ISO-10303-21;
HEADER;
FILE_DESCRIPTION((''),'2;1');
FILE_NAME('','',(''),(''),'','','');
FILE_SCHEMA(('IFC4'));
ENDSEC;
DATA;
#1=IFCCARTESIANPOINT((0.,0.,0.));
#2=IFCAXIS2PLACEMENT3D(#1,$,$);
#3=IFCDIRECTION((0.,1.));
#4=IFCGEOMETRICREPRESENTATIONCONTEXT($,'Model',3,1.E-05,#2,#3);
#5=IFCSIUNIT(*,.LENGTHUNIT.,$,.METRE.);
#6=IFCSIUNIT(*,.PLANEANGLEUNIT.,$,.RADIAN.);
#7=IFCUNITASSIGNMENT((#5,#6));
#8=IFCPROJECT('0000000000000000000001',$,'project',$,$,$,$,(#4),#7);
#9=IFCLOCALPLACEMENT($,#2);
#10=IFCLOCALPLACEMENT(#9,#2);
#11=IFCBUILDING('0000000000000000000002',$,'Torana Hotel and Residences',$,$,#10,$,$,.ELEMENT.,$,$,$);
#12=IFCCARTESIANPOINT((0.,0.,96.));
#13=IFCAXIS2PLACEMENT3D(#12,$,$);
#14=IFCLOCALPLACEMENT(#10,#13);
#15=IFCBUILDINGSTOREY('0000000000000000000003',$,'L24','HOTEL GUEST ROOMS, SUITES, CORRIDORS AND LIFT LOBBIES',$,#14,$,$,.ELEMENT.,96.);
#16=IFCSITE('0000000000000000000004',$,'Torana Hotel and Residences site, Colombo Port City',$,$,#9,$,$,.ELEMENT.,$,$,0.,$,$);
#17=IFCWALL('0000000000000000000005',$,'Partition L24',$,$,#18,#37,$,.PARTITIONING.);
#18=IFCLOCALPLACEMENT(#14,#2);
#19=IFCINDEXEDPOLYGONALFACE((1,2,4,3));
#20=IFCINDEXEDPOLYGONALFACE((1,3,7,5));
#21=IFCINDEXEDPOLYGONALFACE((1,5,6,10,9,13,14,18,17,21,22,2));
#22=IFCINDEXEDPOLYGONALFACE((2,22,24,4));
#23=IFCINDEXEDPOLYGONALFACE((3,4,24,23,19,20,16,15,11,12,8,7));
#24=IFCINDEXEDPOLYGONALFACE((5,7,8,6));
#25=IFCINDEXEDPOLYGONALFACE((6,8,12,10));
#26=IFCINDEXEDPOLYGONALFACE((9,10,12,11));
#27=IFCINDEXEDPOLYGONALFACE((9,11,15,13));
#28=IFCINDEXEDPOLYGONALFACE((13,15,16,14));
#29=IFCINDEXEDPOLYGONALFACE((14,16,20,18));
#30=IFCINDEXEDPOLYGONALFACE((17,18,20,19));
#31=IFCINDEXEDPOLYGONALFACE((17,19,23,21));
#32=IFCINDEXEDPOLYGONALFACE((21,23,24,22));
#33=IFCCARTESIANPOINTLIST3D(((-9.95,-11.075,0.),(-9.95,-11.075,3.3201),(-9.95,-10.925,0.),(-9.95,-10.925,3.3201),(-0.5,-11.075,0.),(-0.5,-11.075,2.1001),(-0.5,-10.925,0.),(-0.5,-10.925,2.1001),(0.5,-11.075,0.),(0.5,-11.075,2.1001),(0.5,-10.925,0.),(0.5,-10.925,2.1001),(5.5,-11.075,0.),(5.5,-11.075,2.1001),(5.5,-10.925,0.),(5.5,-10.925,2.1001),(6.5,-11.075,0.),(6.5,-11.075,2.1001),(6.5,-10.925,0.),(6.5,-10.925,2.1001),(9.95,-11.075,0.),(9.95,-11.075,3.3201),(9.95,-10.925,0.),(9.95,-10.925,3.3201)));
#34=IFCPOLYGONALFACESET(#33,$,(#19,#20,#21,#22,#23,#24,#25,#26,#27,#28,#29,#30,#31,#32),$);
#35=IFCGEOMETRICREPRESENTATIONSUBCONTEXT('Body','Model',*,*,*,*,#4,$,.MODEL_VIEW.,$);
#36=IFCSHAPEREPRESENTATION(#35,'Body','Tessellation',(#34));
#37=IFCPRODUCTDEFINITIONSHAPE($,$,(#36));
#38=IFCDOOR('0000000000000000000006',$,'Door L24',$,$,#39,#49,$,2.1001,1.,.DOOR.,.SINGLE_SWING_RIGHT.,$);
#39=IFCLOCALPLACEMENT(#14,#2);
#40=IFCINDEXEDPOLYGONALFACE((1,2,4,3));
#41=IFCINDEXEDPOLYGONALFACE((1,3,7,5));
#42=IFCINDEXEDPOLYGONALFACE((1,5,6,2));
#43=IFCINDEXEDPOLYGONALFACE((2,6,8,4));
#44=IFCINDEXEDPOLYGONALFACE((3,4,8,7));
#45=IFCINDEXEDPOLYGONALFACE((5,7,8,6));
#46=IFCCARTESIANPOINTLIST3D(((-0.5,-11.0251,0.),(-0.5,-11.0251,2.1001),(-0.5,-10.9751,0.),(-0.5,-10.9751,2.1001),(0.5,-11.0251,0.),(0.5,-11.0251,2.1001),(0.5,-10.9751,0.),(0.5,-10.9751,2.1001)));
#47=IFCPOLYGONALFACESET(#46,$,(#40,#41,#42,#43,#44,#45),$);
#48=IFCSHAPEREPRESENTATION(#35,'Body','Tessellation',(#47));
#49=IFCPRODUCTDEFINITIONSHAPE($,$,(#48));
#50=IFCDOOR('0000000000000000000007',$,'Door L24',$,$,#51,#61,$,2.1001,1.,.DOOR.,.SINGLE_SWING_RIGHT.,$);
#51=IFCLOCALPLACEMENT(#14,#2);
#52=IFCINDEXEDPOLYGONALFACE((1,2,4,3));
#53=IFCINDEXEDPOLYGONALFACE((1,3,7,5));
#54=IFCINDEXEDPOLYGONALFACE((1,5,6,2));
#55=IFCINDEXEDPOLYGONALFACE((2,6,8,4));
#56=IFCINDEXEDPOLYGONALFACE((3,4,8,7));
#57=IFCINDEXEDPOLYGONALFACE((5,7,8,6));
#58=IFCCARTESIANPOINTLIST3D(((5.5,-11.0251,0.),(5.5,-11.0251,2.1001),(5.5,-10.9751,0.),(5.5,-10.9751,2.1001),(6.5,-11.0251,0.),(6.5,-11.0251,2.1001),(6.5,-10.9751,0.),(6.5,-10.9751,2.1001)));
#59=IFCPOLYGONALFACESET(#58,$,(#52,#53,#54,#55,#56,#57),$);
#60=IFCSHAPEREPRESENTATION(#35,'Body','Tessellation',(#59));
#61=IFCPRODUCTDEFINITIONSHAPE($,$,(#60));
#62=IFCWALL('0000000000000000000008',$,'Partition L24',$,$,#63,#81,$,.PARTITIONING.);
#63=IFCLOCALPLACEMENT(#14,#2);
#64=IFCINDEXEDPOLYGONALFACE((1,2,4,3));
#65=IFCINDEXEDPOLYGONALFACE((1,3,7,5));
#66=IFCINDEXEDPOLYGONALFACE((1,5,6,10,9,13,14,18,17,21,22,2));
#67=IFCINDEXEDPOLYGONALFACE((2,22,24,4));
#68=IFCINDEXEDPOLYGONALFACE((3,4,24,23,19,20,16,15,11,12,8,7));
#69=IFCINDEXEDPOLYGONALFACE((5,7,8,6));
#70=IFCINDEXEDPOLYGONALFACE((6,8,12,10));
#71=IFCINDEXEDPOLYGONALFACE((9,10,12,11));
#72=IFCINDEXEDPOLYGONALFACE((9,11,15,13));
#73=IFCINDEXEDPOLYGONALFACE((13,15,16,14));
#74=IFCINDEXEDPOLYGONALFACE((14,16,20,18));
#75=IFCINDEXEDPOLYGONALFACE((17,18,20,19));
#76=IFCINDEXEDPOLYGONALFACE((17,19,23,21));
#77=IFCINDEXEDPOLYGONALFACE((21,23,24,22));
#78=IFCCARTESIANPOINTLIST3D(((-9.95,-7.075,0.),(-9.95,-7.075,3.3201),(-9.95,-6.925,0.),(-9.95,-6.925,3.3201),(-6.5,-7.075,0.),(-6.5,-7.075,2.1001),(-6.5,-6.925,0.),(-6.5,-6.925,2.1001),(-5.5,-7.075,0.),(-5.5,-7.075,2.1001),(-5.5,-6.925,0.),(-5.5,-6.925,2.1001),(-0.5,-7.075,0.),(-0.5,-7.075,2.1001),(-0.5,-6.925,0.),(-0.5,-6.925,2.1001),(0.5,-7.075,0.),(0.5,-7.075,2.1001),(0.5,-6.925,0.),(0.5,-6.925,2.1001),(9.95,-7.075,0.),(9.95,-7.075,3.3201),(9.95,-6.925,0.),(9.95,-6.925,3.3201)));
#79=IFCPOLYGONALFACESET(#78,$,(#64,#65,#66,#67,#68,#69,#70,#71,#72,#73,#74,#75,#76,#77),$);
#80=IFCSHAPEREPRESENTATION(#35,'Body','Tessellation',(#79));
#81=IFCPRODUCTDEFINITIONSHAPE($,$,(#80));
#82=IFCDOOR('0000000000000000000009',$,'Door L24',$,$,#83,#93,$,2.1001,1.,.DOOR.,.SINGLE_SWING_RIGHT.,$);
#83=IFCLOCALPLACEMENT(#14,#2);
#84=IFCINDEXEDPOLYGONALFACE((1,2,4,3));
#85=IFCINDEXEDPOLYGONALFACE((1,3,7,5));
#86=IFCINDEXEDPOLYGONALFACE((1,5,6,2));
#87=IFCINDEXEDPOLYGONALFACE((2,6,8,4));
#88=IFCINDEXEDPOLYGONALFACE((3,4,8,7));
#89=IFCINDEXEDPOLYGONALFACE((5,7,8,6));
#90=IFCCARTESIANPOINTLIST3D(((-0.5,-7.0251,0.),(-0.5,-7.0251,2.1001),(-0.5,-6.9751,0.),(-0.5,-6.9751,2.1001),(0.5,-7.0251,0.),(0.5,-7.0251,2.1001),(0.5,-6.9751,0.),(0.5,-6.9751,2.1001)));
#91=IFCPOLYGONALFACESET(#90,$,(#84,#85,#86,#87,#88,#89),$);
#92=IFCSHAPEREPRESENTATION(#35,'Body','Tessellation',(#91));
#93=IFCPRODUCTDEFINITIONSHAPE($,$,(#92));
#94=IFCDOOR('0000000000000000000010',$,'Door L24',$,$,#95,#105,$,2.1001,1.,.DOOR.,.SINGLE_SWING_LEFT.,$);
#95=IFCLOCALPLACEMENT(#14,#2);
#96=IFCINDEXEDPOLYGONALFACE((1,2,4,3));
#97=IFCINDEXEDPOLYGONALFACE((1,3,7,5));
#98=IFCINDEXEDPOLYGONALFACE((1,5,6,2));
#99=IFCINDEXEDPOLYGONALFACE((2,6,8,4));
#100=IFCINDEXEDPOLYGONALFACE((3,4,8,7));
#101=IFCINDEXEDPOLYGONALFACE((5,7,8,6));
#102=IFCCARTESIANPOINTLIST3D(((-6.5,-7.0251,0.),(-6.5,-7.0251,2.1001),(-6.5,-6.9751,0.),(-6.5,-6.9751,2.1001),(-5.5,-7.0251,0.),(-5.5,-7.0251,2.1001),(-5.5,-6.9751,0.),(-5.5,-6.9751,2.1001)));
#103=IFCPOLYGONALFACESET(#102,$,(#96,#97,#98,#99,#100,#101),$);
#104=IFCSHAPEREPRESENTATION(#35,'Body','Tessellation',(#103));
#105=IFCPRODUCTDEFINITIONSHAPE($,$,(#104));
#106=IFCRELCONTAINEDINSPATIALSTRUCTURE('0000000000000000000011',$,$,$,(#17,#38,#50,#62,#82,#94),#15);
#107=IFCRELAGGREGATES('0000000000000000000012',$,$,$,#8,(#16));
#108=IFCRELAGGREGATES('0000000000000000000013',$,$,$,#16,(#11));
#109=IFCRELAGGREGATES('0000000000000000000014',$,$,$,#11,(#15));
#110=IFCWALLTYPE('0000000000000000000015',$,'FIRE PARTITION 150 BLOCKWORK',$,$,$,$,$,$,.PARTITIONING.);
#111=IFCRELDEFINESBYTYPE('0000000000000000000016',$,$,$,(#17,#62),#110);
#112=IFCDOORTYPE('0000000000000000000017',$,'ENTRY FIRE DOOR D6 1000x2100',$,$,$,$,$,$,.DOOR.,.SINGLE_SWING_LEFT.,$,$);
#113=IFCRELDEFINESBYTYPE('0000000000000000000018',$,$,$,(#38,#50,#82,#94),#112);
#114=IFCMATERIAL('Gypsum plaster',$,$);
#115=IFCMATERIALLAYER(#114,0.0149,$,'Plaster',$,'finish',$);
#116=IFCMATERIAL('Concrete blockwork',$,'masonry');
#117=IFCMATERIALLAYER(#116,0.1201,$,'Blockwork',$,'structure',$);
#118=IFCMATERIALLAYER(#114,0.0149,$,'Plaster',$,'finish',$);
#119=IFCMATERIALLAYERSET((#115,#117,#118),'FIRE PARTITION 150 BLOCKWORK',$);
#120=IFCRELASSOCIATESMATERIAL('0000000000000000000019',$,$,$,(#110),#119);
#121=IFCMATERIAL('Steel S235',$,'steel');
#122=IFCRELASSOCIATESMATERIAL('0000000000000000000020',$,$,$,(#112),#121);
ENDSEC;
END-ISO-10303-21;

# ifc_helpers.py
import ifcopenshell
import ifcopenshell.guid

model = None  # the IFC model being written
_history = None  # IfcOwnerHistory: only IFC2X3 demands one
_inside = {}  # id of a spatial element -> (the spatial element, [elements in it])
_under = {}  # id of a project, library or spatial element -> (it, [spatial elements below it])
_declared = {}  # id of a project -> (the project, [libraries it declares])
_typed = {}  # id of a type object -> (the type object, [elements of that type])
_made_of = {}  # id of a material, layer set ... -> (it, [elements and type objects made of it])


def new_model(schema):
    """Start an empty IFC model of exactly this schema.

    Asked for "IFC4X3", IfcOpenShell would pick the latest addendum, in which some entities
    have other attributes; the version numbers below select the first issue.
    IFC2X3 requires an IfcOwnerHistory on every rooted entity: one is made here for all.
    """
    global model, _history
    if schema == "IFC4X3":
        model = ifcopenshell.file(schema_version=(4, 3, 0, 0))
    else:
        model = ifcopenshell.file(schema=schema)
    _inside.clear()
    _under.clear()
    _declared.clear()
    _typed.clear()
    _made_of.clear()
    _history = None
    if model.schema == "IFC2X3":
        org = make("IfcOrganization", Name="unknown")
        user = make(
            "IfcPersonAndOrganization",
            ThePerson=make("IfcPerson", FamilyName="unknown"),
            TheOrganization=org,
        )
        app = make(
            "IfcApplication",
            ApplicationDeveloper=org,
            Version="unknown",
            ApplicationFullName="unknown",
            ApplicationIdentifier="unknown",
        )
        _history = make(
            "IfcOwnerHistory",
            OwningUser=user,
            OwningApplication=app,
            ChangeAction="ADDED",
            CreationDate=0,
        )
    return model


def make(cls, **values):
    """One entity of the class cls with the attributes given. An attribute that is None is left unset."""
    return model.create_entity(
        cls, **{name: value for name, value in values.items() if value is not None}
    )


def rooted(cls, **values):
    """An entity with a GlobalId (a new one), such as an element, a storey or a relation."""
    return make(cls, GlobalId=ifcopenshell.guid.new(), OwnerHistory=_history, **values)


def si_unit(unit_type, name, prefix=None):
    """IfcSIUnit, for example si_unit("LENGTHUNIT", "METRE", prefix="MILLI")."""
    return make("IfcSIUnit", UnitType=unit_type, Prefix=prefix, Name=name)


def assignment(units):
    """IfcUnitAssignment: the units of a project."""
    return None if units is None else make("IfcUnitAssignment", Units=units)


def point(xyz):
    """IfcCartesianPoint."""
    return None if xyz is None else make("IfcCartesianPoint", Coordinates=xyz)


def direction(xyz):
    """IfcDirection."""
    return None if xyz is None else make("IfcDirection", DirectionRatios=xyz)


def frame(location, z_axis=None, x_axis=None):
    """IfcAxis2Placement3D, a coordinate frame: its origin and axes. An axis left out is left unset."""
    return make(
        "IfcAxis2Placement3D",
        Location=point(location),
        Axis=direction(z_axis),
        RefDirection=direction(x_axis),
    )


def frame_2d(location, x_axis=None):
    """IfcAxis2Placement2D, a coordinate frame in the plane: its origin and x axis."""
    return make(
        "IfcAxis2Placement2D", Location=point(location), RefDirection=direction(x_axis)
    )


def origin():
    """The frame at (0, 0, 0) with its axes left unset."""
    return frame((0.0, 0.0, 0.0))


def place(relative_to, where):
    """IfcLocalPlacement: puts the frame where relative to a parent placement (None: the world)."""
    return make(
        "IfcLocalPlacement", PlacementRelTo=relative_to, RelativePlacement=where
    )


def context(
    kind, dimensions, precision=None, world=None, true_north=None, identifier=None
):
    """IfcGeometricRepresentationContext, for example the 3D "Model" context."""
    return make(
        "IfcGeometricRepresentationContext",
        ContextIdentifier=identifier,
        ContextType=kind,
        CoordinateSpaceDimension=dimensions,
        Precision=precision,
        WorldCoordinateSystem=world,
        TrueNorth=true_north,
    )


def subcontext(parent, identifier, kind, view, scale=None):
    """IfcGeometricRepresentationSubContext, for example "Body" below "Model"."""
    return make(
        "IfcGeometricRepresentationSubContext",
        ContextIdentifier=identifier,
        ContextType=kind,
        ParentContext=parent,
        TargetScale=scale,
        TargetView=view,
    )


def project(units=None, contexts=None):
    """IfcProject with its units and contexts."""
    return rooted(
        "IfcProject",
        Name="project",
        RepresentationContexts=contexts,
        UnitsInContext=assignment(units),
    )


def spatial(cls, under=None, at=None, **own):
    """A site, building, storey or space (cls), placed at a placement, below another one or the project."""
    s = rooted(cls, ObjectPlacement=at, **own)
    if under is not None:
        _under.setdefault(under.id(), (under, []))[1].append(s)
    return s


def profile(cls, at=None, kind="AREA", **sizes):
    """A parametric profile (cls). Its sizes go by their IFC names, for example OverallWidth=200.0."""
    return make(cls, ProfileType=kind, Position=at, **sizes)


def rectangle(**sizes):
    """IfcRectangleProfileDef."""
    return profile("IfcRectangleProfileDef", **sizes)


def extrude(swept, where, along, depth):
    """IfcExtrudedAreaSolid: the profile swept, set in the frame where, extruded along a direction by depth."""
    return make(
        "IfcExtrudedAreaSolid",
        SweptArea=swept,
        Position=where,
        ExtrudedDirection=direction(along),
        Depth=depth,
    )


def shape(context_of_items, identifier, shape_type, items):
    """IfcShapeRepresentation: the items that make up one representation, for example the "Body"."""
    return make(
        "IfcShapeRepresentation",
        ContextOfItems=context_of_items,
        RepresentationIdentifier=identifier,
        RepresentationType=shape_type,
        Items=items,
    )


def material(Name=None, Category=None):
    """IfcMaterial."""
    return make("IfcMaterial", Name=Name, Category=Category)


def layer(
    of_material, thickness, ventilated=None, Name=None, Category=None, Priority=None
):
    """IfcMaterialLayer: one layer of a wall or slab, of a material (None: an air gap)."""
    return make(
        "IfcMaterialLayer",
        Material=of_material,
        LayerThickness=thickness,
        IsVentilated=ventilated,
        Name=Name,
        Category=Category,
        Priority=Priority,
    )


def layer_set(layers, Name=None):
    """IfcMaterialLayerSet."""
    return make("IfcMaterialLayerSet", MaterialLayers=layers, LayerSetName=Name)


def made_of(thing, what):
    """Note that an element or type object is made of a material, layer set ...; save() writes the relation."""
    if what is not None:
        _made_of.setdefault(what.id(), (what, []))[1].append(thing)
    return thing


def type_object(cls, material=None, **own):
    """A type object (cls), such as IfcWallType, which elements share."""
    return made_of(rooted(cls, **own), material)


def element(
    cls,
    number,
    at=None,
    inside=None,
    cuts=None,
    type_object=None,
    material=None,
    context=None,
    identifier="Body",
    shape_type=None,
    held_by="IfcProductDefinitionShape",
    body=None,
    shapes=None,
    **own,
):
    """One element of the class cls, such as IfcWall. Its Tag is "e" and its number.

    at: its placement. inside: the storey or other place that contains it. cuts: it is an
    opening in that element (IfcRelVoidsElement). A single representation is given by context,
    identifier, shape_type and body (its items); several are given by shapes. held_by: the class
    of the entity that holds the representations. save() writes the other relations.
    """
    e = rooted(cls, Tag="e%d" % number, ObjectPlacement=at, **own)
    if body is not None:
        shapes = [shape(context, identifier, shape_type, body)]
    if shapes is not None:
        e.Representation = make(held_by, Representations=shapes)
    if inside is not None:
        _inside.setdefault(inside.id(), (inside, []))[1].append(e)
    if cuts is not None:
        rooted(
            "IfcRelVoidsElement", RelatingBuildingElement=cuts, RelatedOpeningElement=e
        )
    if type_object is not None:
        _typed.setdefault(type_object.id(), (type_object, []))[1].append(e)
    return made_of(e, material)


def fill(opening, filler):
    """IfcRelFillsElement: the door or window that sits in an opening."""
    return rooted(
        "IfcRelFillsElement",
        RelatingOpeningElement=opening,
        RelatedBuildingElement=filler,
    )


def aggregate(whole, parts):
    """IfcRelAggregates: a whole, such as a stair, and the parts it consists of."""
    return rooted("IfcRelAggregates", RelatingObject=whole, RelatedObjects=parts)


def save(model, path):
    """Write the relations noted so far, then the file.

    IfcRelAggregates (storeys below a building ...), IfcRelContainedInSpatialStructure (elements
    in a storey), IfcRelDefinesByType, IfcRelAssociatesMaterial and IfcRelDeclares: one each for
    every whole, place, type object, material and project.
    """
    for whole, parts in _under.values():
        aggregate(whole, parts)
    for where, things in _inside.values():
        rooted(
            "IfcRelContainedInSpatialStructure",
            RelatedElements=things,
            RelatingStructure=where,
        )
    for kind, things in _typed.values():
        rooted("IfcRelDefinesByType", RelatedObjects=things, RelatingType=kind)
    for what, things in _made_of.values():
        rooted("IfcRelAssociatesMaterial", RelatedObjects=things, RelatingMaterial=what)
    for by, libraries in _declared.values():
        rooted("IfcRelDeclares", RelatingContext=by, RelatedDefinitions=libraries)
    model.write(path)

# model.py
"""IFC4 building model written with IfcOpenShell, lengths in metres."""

from ifc_helpers import new_model, si_unit, direction, frame, frame_2d, origin, place, context, subcontext, project, spatial, rectangle, extrude, material, layer, layer_set, type_object, element, fill, save


model = new_model("IFC4")

# Units and contexts
model_context = context("Model", 3, precision=1e-05, world=origin(), true_north=direction((0.0, 1.0)))
body_context = subcontext(model_context, "Body", "Model", "MODEL_VIEW")
ifc_project = project(units=[si_unit("LENGTHUNIT", "METRE"), si_unit("PLANEANGLEUNIT", "RADIAN")], contexts=[model_context])

# Site, building, storey
site_placement = place(None, origin())
site = spatial("IfcSite", under=ifc_project, at=site_placement, Name="Torana Hotel and Residences site, Colombo Port City", CompositionType="ELEMENT", RefElevation=0.0)
building_placement = place(site_placement, origin())
building = spatial("IfcBuilding", under=site, at=building_placement, Name="Torana Hotel and Residences", CompositionType="ELEMENT")
storey_placement = place(building_placement, frame((0.0, 0.0, 96.0)))
storey = spatial("IfcBuildingStorey", under=building, at=storey_placement, Name="L24", Description="HOTEL GUEST ROOMS, SUITES, CORRIDORS AND LIFT LOBBIES", CompositionType="ELEMENT", Elevation=96.0)

# Shared definitions
ifc_material_1 = material(Name="Gypsum plaster")
ifc_layer_1 = layer(ifc_material_1, 0.0149, Name="Plaster", Category="finish")
ifc_material_2 = material(Name="Concrete blockwork", Category="masonry")
ifc_layer_2 = layer(ifc_material_2, 0.1201, Name="Blockwork", Category="structure")
ifc_layer_3 = layer(ifc_material_1, 0.0149, Name="Plaster", Category="finish")
ifc_layer_set_1 = layer_set([ifc_layer_1, ifc_layer_2, ifc_layer_3], Name="FIRE PARTITION 150 BLOCKWORK")
wall_type_1 = type_object("IfcWallType", Name="FIRE PARTITION 150 BLOCKWORK", PredefinedType="PARTITIONING", material=ifc_layer_set_1)

# Walls, openings, doors
wall_1_placement = place(storey_placement, frame((-9.95, -11.0, 0.0), z_axis=(0.0, 0.0, 1.0), x_axis=(1.0, 0.0, 0.0)))
wall_1 = element("IfcWall", 1, at=wall_1_placement, inside=storey, type_object=wall_type_1, Name="Partition L24", PredefinedType="PARTITIONING", context=body_context, shape_type="SweptSolid", body=[
    extrude(rectangle(XDim=19.8999, YDim=0.1499, at=frame_2d((9.95, 0.0))), origin(), (0.0, 0.0, 1.0), 3.3201),
])
opening_1_placement = place(wall_1_placement, frame((9.45, 0.0, 0.0)))
opening_1 = element("IfcOpeningElement", 2, at=opening_1_placement, cuts=wall_1, PredefinedType="OPENING", context=body_context, shape_type="SweptSolid", body=[
    extrude(rectangle(XDim=1.0, YDim=2.1001, at=frame_2d((0.5, 1.05))), frame((0.0, 0.085, 0.0), z_axis=(0.0, -1.0, 0.0), x_axis=(1.0, 0.0, 0.0)), (0.0, 0.0, 1.0), 0.1699),
])
opening_2_placement = place(wall_1_placement, frame((15.45, 0.0, 0.0)))
opening_2 = element("IfcOpeningElement", 3, at=opening_2_placement, cuts=wall_1, PredefinedType="OPENING", context=body_context, shape_type="SweptSolid", body=[
    extrude(rectangle(XDim=1.0, YDim=2.1001, at=frame_2d((0.5, 1.05))), frame((0.0, 0.085, 0.0), z_axis=(0.0, -1.0, 0.0), x_axis=(1.0, 0.0, 0.0)), (0.0, 0.0, 1.0), 0.1699),
])
ifc_material_3 = material(Name="Steel S235", Category="steel")
door_type = type_object("IfcDoorType", Name="ENTRY FIRE DOOR D6 1000x2100", OperationType="SINGLE_SWING_LEFT", PredefinedType="DOOR", material=ifc_material_3)
door_1_placement = place(opening_1_placement, origin())
door_1 = element("IfcDoor", 4, at=door_1_placement, inside=storey, type_object=door_type, Name="Door L24", OperationType="SINGLE_SWING_RIGHT", OverallHeight=2.1001, OverallWidth=1.0, PredefinedType="DOOR", context=body_context, shape_type="SweptSolid", body=[
    extrude(rectangle(XDim=1.0, YDim=2.1001, at=frame_2d((0.5, 1.05))), frame((0.0, 0.0249, 0.0), z_axis=(0.0, -1.0, 0.0), x_axis=(1.0, 0.0, 0.0)), (0.0, 0.0, 1.0), 0.05),
])
fill(opening_1, door_1)
door_2_placement = place(opening_2_placement, origin())
door_2 = element("IfcDoor", 5, at=door_2_placement, inside=storey, type_object=door_type, Name="Door L24", OperationType="SINGLE_SWING_RIGHT", OverallHeight=2.1001, OverallWidth=1.0, PredefinedType="DOOR", context=body_context, shape_type="SweptSolid", body=[
    extrude(rectangle(XDim=1.0, YDim=2.1001, at=frame_2d((0.5, 1.05))), frame((0.0, 0.0249, 0.0), z_axis=(0.0, -1.0, 0.0), x_axis=(1.0, 0.0, 0.0)), (0.0, 0.0, 1.0), 0.05),
])
fill(opening_2, door_2)
wall_2_placement = place(storey_placement, frame((-9.95, -7.0, 0.0), z_axis=(0.0, 0.0, 1.0), x_axis=(1.0, 0.0, 0.0)))
wall_2 = element("IfcWall", 6, at=wall_2_placement, inside=storey, type_object=wall_type_1, Name="Partition L24", PredefinedType="PARTITIONING", context=body_context, shape_type="SweptSolid", body=[
    extrude(rectangle(XDim=19.8999, YDim=0.1499, at=frame_2d((9.95, 0.0))), origin(), (0.0, 0.0, 1.0), 3.3201),
])
opening_3_placement = place(wall_2_placement, frame((9.45, 0.0, 0.0)))
opening_3 = element("IfcOpeningElement", 7, at=opening_3_placement, cuts=wall_2, PredefinedType="OPENING", context=body_context, shape_type="SweptSolid", body=[
    extrude(rectangle(XDim=1.0, YDim=2.1001, at=frame_2d((0.5, 1.05))), frame((0.0, 0.085, 0.0), z_axis=(0.0, -1.0, 0.0), x_axis=(1.0, 0.0, 0.0)), (0.0, 0.0, 1.0), 0.1699),
])
opening_4_placement = place(wall_2_placement, frame((3.45, 0.0, 0.0)))
opening_4 = element("IfcOpeningElement", 8, at=opening_4_placement, cuts=wall_2, PredefinedType="OPENING", context=body_context, shape_type="SweptSolid", body=[
    extrude(rectangle(XDim=1.0, YDim=2.1001, at=frame_2d((0.5, 1.05))), frame((0.0, 0.085, 0.0), z_axis=(0.0, -1.0, 0.0), x_axis=(1.0, 0.0, 0.0)), (0.0, 0.0, 1.0), 0.1699),
])
door_3_placement = place(opening_3_placement, origin())
door_3 = element("IfcDoor", 9, at=door_3_placement, inside=storey, type_object=door_type, Name="Door L24", OperationType="SINGLE_SWING_RIGHT", OverallHeight=2.1001, OverallWidth=1.0, PredefinedType="DOOR", context=body_context, shape_type="SweptSolid", body=[
    extrude(rectangle(XDim=1.0, YDim=2.1001, at=frame_2d((0.5, 1.05))), frame((0.0, 0.0249, 0.0), z_axis=(0.0, -1.0, 0.0), x_axis=(1.0, 0.0, 0.0)), (0.0, 0.0, 1.0), 0.05),
])
fill(opening_3, door_3)
door_4_placement = place(opening_4_placement, frame((0.5, 0.0, 0.0), z_axis=(0.0, 0.0, 1.0), x_axis=(-1.0, 0.0, 0.0)))
door_4 = element("IfcDoor", 10, at=door_4_placement, inside=storey, type_object=door_type, Name="Door L24", OperationType="SINGLE_SWING_LEFT", OverallHeight=2.1001, OverallWidth=1.0, PredefinedType="DOOR", context=body_context, shape_type="SweptSolid", body=[
    extrude(rectangle(XDim=1.0, YDim=2.1001, at=frame_2d((0.0, 1.05))), frame((0.0, -0.0249, 0.0), z_axis=(0.0, 1.0, 0.0), x_axis=(-1.0, 0.0, 0.0)), (0.0, 0.0, 1.0), 0.05),
])
fill(opening_4, door_4)

save(model, "model.ifc")
